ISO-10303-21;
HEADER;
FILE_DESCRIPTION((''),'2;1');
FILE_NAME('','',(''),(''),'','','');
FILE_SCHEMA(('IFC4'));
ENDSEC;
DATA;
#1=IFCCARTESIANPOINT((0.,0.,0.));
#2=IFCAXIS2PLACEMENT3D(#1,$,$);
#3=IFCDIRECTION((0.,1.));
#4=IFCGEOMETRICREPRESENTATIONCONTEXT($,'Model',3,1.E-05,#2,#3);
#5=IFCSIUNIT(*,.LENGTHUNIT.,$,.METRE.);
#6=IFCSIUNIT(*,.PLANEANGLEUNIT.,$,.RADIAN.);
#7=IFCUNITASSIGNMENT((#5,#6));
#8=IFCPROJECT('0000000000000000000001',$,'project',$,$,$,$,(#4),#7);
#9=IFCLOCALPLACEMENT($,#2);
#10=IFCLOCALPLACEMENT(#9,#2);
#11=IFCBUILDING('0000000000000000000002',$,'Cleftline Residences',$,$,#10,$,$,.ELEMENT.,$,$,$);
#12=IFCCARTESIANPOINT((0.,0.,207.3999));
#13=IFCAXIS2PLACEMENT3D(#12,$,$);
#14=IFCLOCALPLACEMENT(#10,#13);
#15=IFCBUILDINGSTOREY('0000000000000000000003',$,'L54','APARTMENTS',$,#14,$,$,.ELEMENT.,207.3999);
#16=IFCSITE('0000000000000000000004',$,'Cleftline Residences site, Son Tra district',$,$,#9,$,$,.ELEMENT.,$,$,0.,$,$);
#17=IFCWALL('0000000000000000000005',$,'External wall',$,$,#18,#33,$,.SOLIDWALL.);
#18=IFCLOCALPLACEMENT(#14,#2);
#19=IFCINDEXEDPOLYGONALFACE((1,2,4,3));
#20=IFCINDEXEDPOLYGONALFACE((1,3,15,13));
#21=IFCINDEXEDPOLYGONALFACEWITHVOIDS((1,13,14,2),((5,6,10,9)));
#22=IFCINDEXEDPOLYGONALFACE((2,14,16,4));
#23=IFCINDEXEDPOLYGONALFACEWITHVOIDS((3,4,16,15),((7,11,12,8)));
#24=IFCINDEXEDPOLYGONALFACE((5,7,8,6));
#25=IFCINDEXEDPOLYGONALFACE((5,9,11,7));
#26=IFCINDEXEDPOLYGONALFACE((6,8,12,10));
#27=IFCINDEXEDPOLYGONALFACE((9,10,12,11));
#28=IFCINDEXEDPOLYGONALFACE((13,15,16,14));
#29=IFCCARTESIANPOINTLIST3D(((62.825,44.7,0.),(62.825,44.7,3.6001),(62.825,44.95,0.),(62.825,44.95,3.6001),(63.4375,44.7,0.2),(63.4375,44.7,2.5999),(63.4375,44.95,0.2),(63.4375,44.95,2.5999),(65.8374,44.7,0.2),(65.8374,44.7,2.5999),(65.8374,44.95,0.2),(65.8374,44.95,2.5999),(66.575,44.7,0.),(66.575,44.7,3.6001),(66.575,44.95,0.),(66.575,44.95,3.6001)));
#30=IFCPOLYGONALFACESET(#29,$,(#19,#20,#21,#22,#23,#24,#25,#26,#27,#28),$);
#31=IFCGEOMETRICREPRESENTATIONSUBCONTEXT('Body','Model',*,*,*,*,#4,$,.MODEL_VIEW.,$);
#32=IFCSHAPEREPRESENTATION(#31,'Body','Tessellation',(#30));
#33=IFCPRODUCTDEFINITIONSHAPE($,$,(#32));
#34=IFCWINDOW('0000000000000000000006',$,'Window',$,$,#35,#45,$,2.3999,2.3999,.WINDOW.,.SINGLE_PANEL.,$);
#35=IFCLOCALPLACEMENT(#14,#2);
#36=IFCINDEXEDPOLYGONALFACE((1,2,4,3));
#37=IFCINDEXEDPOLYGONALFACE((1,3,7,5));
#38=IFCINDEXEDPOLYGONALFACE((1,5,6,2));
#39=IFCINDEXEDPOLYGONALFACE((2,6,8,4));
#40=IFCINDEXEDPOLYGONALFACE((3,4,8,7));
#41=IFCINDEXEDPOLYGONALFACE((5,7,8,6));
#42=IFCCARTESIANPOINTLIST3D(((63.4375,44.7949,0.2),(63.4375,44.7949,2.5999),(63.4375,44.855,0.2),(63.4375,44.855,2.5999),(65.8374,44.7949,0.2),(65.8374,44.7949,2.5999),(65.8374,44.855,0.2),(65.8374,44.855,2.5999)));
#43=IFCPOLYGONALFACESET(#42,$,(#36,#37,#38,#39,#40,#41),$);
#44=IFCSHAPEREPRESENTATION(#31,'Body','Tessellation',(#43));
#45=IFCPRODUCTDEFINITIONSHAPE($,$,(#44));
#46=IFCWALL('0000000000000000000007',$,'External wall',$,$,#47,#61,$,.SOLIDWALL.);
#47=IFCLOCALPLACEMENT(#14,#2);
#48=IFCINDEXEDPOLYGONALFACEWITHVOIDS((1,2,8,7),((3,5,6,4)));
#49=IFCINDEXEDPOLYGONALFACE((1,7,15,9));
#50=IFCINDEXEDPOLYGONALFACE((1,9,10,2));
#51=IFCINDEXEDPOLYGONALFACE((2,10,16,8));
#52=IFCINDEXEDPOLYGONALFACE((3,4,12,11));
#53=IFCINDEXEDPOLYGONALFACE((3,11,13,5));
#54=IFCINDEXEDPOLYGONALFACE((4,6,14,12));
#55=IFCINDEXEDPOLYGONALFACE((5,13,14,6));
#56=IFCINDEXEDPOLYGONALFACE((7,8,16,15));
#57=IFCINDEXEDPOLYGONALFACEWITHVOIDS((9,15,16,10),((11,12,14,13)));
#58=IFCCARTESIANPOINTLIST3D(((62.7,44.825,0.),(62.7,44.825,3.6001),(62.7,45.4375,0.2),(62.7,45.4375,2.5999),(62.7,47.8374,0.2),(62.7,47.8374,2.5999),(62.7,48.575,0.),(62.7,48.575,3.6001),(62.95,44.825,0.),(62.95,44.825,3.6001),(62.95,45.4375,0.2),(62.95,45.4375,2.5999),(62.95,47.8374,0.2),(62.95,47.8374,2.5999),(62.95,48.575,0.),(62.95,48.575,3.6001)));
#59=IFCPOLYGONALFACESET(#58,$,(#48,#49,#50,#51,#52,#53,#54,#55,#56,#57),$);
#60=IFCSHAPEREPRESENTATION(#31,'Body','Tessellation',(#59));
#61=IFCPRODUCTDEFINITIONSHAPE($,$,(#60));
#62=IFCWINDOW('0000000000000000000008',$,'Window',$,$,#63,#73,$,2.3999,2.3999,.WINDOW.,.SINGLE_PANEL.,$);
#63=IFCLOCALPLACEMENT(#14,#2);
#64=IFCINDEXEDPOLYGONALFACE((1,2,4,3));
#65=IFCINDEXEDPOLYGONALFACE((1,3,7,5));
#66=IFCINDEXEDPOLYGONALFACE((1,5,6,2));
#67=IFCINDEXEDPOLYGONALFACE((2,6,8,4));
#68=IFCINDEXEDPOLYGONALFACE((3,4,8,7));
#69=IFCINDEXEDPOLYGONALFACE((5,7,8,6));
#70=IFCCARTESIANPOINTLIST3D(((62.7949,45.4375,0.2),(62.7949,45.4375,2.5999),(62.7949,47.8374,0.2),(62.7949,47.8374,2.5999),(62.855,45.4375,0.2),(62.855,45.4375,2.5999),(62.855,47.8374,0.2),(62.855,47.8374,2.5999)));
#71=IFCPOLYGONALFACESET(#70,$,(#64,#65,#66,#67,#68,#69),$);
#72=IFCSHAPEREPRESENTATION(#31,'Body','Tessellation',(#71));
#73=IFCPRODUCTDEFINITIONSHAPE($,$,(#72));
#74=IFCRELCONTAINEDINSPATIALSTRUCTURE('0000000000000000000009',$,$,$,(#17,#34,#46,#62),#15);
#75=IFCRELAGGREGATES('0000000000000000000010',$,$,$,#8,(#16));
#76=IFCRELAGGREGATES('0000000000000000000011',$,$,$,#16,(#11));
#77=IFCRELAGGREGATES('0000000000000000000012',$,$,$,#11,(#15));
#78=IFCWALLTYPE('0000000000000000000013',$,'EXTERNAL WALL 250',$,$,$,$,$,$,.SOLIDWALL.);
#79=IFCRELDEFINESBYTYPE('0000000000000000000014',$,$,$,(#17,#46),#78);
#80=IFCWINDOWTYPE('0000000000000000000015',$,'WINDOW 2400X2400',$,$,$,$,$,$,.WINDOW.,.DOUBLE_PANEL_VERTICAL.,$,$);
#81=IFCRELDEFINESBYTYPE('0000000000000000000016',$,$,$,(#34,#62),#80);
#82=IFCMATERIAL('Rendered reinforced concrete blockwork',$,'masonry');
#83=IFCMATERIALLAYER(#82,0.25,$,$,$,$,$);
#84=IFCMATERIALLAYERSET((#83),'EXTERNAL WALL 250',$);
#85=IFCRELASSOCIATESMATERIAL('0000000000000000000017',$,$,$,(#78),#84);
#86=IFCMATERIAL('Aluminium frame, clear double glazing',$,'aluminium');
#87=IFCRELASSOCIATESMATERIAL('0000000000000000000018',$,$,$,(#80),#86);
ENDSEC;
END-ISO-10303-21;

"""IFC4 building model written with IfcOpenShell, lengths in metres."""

from ifc_helpers import new_model, si_unit, direction, frame, frame_2d, origin, place, context, subcontext, project, spatial, rectangle, extrude, material, layer, layer_set, type_object, element, fill, save


model = new_model("IFC4")

# Units and contexts
model_context = context("Model", 3, precision=1e-05, world=origin(), true_north=direction((0.0, 1.0)))
body_context = subcontext(model_context, "Body", "Model", "MODEL_VIEW")
ifc_project = project(units=[si_unit("LENGTHUNIT", "METRE"), si_unit("PLANEANGLEUNIT", "RADIAN")], contexts=[model_context])

# Site, building, storey
site_placement = place(None, origin())
site = spatial("IfcSite", under=ifc_project, at=site_placement, Name="Cleftline Residences site, Son Tra district", CompositionType="ELEMENT", RefElevation=0.0)
building_placement = place(site_placement, origin())
building = spatial("IfcBuilding", under=site, at=building_placement, Name="Cleftline Residences", CompositionType="ELEMENT")
storey_placement = place(building_placement, frame((0.0, 0.0, 207.3999)))
storey = spatial("IfcBuildingStorey", under=building, at=storey_placement, Name="L54", Description="APARTMENTS", CompositionType="ELEMENT", Elevation=207.3999)

# Walls, openings, windows
ifc_material_1 = material(Name="Rendered reinforced concrete blockwork", Category="masonry")
ifc_layer_1 = layer(ifc_material_1, 0.25)
ifc_layer_set_1 = layer_set([ifc_layer_1], Name="EXTERNAL WALL 250")
wall_type_1 = type_object("IfcWallType", Name="EXTERNAL WALL 250", PredefinedType="SOLIDWALL", material=ifc_layer_set_1)
wall_1_placement = place(storey_placement, frame((66.575, 44.825, 0.0), z_axis=(0.0, 0.0, 1.0), x_axis=(-1.0, 0.0, 0.0)))
wall_1 = element("IfcWall", 1, at=wall_1_placement, inside=storey, type_object=wall_type_1, Name="External wall", PredefinedType="SOLIDWALL", context=body_context, shape_type="SweptSolid", body=[
    extrude(rectangle(XDim=3.75, YDim=0.25, at=frame_2d((1.875, 0.0))), origin(), (0.0, 0.0, 1.0), 3.6001),
])
opening_1_placement = place(wall_1_placement, frame((0.7375, 0.0, 0.2)))
opening_1 = element("IfcOpeningElement", 2, at=opening_1_placement, cuts=wall_1, PredefinedType="OPENING", context=body_context, shape_type="SweptSolid", body=[
    extrude(rectangle(XDim=2.3999, YDim=2.3999, at=frame_2d((1.2, 1.2))), frame((0.0, 0.135, 0.0), z_axis=(0.0, -1.0, 0.0), x_axis=(1.0, 0.0, 0.0)), (0.0, 0.0, 1.0), 0.27),
])
ifc_material_2 = material(Name="Aluminium frame, clear double glazing", Category="aluminium")
window_type_1 = type_object("IfcWindowType", Name="WINDOW 2400X2400", PartitioningType="DOUBLE_PANEL_VERTICAL", PredefinedType="WINDOW", material=ifc_material_2)
window_1_placement = place(opening_1_placement, origin())
window_1 = element("IfcWindow", 3, at=window_1_placement, inside=storey, type_object=window_type_1, Name="Window", OverallHeight=2.3999, OverallWidth=2.3999, PartitioningType="SINGLE_PANEL", PredefinedType="WINDOW", context=body_context, shape_type="SweptSolid", body=[
    extrude(rectangle(XDim=2.3999, YDim=2.3999, at=frame_2d((1.2, 1.2))), frame((0.0, 0.03, 0.0), z_axis=(0.0, -1.0, 0.0), x_axis=(1.0, 0.0, 0.0)), (0.0, 0.0, 1.0), 0.0601),
])
fill(opening_1, window_1)
wall_2_placement = place(storey_placement, frame((62.825, 44.825, 0.0), z_axis=(0.0, 0.0, 1.0), x_axis=(0.0, 1.0, 0.0)))
wall_2 = element("IfcWall", 4, at=wall_2_placement, inside=storey, type_object=wall_type_1, Name="External wall", PredefinedType="SOLIDWALL", context=body_context, shape_type="SweptSolid", body=[
    extrude(rectangle(XDim=3.75, YDim=0.25, at=frame_2d((1.875, 0.0))), origin(), (0.0, 0.0, 1.0), 3.6001),
])
opening_2_placement = place(wall_2_placement, frame((0.6125, 0.0, 0.2)))
opening_2 = element("IfcOpeningElement", 5, at=opening_2_placement, cuts=wall_2, PredefinedType="OPENING", context=body_context, shape_type="SweptSolid", body=[
    extrude(rectangle(XDim=2.3999, YDim=2.3999, at=frame_2d((1.2, 1.2))), frame((0.0, 0.135, 0.0), z_axis=(0.0, -1.0, 0.0), x_axis=(1.0, 0.0, 0.0)), (0.0, 0.0, 1.0), 0.27),
])
window_2_placement = place(opening_2_placement, origin())
window_2 = element("IfcWindow", 6, at=window_2_placement, inside=storey, type_object=window_type_1, Name="Window", OverallHeight=2.3999, OverallWidth=2.3999, PartitioningType="SINGLE_PANEL", PredefinedType="WINDOW", context=body_context, shape_type="SweptSolid", body=[
    extrude(rectangle(XDim=2.3999, YDim=2.3999, at=frame_2d((1.2, 1.2))), frame((0.0, 0.03, 0.0), z_axis=(0.0, -1.0, 0.0), x_axis=(1.0, 0.0, 0.0)), (0.0, 0.0, 1.0), 0.0601),
])
fill(opening_2, window_2)

save(model, "model.ifc")
